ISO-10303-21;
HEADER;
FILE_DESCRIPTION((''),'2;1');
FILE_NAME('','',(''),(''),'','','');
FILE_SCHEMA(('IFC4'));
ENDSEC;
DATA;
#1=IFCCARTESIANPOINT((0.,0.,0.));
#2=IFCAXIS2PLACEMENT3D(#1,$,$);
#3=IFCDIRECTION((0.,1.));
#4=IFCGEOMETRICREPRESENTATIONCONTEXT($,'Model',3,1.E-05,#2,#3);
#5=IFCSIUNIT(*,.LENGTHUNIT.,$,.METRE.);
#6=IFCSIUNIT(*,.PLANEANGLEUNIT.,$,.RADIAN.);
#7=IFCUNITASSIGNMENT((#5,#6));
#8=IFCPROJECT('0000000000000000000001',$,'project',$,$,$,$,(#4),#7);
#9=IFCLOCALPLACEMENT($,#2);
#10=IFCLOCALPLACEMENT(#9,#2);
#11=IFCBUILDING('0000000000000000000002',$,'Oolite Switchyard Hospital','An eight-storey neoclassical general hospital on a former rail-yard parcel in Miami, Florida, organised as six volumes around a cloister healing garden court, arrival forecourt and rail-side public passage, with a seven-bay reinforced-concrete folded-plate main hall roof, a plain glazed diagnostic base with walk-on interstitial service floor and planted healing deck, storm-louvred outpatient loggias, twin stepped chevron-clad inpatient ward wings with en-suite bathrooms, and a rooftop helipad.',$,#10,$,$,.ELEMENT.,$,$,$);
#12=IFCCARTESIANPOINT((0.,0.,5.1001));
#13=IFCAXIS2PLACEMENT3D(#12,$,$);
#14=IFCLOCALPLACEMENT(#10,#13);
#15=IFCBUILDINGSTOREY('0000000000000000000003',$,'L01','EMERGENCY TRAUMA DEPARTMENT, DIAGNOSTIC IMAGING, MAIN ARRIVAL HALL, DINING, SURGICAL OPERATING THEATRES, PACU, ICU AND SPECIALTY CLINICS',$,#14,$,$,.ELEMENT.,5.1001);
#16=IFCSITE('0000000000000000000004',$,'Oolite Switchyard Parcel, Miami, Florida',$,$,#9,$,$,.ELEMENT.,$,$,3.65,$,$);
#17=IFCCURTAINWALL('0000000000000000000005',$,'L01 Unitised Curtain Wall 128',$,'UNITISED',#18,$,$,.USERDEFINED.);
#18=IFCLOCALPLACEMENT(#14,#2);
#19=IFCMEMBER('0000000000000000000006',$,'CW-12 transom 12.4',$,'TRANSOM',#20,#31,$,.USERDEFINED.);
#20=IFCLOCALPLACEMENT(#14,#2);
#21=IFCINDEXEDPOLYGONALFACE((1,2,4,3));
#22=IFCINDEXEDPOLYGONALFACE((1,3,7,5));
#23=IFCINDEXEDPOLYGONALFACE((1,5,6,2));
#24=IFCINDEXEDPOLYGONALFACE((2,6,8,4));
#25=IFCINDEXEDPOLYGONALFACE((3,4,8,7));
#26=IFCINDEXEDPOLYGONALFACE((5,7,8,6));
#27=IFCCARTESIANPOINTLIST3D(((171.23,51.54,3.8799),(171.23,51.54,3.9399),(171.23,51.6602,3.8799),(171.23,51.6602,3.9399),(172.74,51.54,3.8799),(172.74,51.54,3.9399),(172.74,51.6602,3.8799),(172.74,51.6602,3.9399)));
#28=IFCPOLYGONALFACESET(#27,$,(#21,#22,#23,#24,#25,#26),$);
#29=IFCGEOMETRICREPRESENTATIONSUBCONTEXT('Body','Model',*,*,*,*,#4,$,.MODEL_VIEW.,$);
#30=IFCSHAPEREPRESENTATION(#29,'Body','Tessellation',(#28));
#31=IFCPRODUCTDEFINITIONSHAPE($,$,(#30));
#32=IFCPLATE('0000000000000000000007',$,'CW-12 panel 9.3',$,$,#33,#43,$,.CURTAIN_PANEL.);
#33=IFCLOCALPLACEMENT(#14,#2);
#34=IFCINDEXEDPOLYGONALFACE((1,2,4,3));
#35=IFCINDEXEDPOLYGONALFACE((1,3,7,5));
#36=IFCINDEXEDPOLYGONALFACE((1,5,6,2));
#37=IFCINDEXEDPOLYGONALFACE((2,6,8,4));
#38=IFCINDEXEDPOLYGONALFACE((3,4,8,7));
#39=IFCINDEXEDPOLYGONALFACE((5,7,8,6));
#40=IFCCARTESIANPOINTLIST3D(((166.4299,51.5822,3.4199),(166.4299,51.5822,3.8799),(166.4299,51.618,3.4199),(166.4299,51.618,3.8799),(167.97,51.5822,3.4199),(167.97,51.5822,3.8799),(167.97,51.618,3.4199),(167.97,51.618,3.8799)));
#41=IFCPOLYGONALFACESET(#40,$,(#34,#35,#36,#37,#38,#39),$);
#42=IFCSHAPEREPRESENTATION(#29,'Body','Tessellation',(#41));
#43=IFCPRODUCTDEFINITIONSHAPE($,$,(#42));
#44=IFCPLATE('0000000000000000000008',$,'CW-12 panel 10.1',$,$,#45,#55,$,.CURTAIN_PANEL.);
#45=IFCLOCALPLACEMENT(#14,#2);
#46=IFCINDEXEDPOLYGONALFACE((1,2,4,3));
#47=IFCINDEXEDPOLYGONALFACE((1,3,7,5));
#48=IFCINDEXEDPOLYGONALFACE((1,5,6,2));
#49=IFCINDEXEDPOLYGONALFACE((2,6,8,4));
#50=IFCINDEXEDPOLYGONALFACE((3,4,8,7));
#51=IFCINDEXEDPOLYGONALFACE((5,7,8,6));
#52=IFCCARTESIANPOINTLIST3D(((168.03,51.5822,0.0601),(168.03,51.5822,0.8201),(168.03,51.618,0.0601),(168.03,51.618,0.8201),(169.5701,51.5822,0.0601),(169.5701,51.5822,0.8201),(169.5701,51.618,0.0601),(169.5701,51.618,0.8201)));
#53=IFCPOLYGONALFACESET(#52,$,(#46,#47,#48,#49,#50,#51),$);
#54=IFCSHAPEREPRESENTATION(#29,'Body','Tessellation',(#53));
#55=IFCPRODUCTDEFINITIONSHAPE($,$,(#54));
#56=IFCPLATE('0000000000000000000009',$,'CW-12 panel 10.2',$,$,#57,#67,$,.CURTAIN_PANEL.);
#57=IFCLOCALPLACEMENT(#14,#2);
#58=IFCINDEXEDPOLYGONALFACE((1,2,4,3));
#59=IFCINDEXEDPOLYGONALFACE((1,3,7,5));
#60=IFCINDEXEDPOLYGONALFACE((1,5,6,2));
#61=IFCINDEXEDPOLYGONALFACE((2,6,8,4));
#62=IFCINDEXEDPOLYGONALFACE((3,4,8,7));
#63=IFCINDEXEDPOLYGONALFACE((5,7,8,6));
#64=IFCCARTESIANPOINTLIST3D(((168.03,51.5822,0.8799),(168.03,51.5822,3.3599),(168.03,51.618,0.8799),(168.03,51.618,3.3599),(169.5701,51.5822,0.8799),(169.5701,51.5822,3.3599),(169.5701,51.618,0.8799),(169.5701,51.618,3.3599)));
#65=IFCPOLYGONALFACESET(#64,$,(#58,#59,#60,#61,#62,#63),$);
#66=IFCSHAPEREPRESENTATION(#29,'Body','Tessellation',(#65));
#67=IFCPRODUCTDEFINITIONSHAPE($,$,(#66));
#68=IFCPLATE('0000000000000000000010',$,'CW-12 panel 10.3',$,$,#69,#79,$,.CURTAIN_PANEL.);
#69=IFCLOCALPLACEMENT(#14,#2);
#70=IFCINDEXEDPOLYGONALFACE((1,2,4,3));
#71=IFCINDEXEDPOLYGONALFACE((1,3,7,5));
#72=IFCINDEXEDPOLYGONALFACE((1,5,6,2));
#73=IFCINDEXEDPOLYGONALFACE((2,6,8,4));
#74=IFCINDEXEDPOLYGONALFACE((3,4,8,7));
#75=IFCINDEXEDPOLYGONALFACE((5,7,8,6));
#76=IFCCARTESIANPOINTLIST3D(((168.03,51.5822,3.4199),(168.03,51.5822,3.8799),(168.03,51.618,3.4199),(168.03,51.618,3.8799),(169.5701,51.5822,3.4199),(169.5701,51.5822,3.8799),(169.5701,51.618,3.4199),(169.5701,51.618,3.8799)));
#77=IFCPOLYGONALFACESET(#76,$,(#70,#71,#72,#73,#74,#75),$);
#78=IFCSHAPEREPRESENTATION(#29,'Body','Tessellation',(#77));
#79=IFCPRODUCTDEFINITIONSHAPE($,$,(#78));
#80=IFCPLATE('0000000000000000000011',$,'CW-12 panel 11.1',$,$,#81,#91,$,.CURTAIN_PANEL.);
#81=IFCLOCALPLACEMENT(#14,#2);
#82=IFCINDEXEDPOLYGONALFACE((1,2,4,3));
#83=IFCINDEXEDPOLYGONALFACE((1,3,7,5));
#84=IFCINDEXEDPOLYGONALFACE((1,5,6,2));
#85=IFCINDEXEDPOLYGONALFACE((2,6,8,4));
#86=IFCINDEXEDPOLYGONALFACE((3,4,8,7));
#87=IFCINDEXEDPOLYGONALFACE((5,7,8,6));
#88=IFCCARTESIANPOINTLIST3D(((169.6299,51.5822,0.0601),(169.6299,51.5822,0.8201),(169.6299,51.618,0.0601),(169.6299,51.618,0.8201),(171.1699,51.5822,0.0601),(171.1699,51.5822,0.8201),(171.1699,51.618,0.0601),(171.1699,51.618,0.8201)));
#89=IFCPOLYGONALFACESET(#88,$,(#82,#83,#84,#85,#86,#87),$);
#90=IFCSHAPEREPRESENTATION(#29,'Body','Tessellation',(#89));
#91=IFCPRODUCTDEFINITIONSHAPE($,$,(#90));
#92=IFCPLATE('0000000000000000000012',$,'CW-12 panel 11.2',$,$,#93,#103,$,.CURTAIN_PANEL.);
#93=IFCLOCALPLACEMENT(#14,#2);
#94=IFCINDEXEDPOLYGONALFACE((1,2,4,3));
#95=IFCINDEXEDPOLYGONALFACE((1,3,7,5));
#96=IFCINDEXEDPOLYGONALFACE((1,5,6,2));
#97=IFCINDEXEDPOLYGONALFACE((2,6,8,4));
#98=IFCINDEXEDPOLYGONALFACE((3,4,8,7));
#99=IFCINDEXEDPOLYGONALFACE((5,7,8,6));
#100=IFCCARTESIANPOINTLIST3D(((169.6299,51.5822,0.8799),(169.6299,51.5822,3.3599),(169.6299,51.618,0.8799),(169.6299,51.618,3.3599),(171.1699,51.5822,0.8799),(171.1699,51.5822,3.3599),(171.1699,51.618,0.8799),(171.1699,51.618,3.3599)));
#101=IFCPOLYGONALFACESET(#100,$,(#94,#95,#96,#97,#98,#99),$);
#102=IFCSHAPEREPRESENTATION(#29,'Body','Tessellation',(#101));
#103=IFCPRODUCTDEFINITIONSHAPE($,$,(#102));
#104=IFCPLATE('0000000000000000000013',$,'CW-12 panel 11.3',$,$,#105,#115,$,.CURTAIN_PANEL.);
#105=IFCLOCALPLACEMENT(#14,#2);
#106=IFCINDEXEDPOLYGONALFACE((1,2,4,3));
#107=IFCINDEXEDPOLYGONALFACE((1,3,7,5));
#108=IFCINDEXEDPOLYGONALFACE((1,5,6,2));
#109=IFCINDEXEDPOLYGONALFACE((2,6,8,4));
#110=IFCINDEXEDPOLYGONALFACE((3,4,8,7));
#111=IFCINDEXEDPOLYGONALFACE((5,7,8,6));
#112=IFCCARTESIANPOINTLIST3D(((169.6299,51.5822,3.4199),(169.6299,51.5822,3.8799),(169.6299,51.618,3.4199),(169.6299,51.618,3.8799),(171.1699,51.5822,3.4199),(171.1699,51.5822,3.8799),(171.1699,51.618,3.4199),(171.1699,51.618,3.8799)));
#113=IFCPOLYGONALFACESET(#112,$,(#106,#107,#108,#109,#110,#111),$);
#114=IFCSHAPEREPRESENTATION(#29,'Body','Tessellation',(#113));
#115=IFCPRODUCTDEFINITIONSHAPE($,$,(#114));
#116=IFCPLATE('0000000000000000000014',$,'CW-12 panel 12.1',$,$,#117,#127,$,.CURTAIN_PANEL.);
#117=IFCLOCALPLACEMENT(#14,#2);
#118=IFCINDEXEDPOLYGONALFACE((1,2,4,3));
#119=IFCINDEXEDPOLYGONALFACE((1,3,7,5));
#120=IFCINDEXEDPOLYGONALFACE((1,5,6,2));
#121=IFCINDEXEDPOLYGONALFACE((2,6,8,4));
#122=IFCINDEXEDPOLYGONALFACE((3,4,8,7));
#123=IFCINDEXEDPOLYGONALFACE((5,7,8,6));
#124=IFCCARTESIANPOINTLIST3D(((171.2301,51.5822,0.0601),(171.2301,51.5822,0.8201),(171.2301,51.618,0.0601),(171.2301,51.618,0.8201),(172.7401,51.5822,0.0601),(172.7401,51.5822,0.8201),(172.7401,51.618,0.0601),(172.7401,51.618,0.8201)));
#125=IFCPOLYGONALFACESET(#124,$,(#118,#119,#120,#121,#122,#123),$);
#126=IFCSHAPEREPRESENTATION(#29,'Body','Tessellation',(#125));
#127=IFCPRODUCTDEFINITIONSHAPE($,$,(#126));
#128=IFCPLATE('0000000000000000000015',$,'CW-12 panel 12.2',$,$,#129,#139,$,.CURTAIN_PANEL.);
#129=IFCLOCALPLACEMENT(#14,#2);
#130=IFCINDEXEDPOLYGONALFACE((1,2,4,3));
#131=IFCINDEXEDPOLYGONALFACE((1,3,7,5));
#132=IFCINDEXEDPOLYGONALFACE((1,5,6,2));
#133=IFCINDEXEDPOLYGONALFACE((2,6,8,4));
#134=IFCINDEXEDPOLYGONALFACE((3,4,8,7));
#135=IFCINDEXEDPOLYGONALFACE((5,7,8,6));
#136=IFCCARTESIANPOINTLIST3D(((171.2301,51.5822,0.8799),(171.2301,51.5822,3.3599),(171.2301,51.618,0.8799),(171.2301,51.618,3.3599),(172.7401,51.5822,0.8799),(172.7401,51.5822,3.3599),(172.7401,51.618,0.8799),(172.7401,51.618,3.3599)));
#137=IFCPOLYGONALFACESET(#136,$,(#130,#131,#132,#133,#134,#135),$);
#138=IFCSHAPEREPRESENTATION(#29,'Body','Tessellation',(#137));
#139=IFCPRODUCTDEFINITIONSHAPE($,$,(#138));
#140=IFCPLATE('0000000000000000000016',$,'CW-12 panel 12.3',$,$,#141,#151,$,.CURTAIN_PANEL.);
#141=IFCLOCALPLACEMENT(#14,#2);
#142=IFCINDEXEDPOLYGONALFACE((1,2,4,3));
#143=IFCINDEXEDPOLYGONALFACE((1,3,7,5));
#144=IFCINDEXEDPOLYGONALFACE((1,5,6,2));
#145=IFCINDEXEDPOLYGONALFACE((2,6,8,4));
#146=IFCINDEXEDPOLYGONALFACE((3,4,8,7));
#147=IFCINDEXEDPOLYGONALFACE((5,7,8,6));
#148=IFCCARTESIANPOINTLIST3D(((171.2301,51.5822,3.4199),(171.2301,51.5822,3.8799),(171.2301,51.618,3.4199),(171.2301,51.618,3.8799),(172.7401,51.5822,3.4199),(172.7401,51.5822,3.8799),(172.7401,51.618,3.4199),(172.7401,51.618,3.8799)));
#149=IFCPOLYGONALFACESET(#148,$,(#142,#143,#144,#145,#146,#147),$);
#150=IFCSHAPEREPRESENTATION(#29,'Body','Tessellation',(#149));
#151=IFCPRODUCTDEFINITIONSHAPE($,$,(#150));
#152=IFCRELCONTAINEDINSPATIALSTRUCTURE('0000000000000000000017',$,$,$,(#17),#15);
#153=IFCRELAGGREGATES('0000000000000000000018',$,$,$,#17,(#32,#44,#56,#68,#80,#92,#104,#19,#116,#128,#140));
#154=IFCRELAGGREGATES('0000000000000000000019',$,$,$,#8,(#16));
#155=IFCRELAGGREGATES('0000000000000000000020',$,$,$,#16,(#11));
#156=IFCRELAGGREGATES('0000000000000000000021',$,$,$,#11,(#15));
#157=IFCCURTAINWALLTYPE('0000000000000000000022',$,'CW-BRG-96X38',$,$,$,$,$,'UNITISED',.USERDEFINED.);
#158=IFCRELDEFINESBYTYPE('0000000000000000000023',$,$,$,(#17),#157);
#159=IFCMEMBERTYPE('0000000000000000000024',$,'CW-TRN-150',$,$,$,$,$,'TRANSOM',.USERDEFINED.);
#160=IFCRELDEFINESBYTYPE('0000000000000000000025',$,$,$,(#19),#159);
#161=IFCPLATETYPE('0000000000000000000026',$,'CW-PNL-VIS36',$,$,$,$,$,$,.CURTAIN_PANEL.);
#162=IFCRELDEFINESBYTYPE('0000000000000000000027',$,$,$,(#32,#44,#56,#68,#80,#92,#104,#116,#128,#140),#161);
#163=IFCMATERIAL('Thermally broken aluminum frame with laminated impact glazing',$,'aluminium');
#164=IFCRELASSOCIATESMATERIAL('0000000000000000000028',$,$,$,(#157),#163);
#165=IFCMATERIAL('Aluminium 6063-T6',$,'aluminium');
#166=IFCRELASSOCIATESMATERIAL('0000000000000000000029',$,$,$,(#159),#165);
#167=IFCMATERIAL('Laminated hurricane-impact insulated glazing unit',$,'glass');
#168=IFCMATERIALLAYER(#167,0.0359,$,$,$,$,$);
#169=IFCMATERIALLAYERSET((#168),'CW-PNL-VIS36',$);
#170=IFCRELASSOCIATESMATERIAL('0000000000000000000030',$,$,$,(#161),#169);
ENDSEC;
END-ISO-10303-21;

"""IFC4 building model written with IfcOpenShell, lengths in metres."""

from ifc_helpers import new_model, si_unit, direction, frame, origin, origin_2d, place, context, subcontext, project, spatial, rectangle, extrude, material, layer, layer_set, material_profile, profile_set, type_object, element, aggregate, save


model = new_model("IFC4")

# Units and contexts
model_context = context("Model", 3, precision=1e-05, world=origin(), true_north=direction((0.0, 1.0)))
body_context = subcontext(model_context, "Body", "Model", "MODEL_VIEW")
ifc_project = project(units=[si_unit("LENGTHUNIT", "METRE"), si_unit("PLANEANGLEUNIT", "RADIAN")], contexts=[model_context])

# Site, building, storey
site_placement = place(None, origin())
site = spatial("IfcSite", under=ifc_project, at=site_placement, Name="Oolite Switchyard Parcel, Miami, Florida", CompositionType="ELEMENT", RefElevation=3.65)
building_placement = place(site_placement, origin())
building = spatial("IfcBuilding", under=site, at=building_placement, Name="Oolite Switchyard Hospital", Description="An eight-storey neoclassical general hospital on a former rail-yard parcel in Miami, Florida, organised as six volumes around a cloister healing garden court, arrival forecourt and rail-side public passage, with a seven-bay reinforced-concrete folded-plate main hall roof, a plain glazed diagnostic base with walk-on interstitial service floor and planted healing deck, storm-louvred outpatient loggias, twin stepped chevron-clad inpatient ward wings with en-suite bathrooms, and a rooftop helipad.", CompositionType="ELEMENT")
storey_placement = place(building_placement, frame((0.0, 0.0, 5.1001)))
storey = spatial("IfcBuildingStorey", under=building, at=storey_placement, Name="L01", Description="EMERGENCY TRAUMA DEPARTMENT, DIAGNOSTIC IMAGING, MAIN ARRIVAL HALL, DINING, SURGICAL OPERATING THEATRES, PACU, ICU AND SPECIALTY CLINICS", CompositionType="ELEMENT", Elevation=5.1001)

# Curtain wall, member, plates
ifc_material_1 = material(Name="Thermally broken aluminum frame with laminated impact glazing", Category="aluminium")
curtain_wall_type = type_object("IfcCurtainWallType", Name="CW-BRG-96X38", ElementType="UNITISED", PredefinedType="USERDEFINED", material=ifc_material_1)
curtain_wall_placement = place(storey_placement, origin())
curtain_wall = element("IfcCurtainWall", 1, at=curtain_wall_placement, inside=storey, type_object=curtain_wall_type, Name="L01 Unitised Curtain Wall 128", ObjectType="UNITISED", PredefinedType="USERDEFINED")
ifc_material_2 = material(Name="Aluminium 6063-T6", Category="aluminium")
ifc_material_profile_1 = material_profile(ifc_material_2, rectangle(XDim=0.1201, YDim=0.0601, at=origin_2d()), Name="CWT60X120")
ifc_profile_set_1 = profile_set([ifc_material_profile_1], Name="Aluminium 6063-T6")
member_type_1 = type_object("IfcMemberType", Name="CW-TRN-150", ElementType="TRANSOM", PredefinedType="USERDEFINED", material=ifc_profile_set_1)
member_1_placement = place(storey_placement, frame((171.23, 51.6001, 3.9099), z_axis=(1.0, 0.0, 0.0), x_axis=(0.0, 1.0, 0.0)))
member_1 = element("IfcMember", 2, at=member_1_placement, type_object=member_type_1, Name="CW-12 transom 12.4", ObjectType="TRANSOM", PredefinedType="USERDEFINED", context=body_context, shape_type="SweptSolid", body=[
    extrude(rectangle(XDim=0.1201, YDim=0.0601, at=origin_2d()), origin(), (0.0, 0.0, 1.0), 1.51),
])
ifc_material_3 = material(Name="Laminated hurricane-impact insulated glazing unit", Category="glass")
ifc_layer = layer(ifc_material_3, 0.0359)
ifc_layer_set = layer_set([ifc_layer], Name="CW-PNL-VIS36")
plate_type = type_object("IfcPlateType", Name="CW-PNL-VIS36", PredefinedType="CURTAIN_PANEL", material=ifc_layer_set)
plate_1_placement = place(storey_placement, frame((167.2, 51.6001, 3.4199), z_axis=(0.0, 0.0, 1.0), x_axis=(1.0, 0.0, 0.0)))
plate_1 = element("IfcPlate", 3, at=plate_1_placement, type_object=plate_type, Name="CW-12 panel 9.3", PredefinedType="CURTAIN_PANEL", context=body_context, shape_type="SweptSolid", body=[
    extrude(rectangle(XDim=1.54, YDim=0.0359, at=origin_2d()), origin(), (0.0, 0.0, 1.0), 0.46),
])
plate_2_placement = place(storey_placement, frame((168.8, 51.6001, 0.0601), z_axis=(0.0, 0.0, 1.0), x_axis=(1.0, 0.0, 0.0)))
plate_2 = element("IfcPlate", 4, at=plate_2_placement, type_object=plate_type, Name="CW-12 panel 10.1", PredefinedType="CURTAIN_PANEL", context=body_context, shape_type="SweptSolid", body=[
    extrude(rectangle(XDim=1.54, YDim=0.0359, at=origin_2d()), origin(), (0.0, 0.0, 1.0), 0.76),
])
plate_3_placement = place(storey_placement, frame((168.8, 51.6001, 0.8799), z_axis=(0.0, 0.0, 1.0), x_axis=(1.0, 0.0, 0.0)))
plate_3 = element("IfcPlate", 5, at=plate_3_placement, type_object=plate_type, Name="CW-12 panel 10.2", PredefinedType="CURTAIN_PANEL", context=body_context, shape_type="SweptSolid", body=[
    extrude(rectangle(XDim=1.54, YDim=0.0359, at=origin_2d()), origin(), (0.0, 0.0, 1.0), 2.48),
])
plate_4_placement = place(storey_placement, frame((168.8, 51.6001, 3.4199), z_axis=(0.0, 0.0, 1.0), x_axis=(1.0, 0.0, 0.0)))
plate_4 = element("IfcPlate", 6, at=plate_4_placement, type_object=plate_type, Name="CW-12 panel 10.3", PredefinedType="CURTAIN_PANEL", context=body_context, shape_type="SweptSolid", body=[
    extrude(rectangle(XDim=1.54, YDim=0.0359, at=origin_2d()), origin(), (0.0, 0.0, 1.0), 0.46),
])
plate_5_placement = place(storey_placement, frame((170.3999, 51.6001, 0.0601), z_axis=(0.0, 0.0, 1.0), x_axis=(1.0, 0.0, 0.0)))
plate_5 = element("IfcPlate", 7, at=plate_5_placement, type_object=plate_type, Name="CW-12 panel 11.1", PredefinedType="CURTAIN_PANEL", context=body_context, shape_type="SweptSolid", body=[
    extrude(rectangle(XDim=1.54, YDim=0.0359, at=origin_2d()), origin(), (0.0, 0.0, 1.0), 0.76),
])
plate_6_placement = place(storey_placement, frame((170.3999, 51.6001, 0.8799), z_axis=(0.0, 0.0, 1.0), x_axis=(1.0, 0.0, 0.0)))
plate_6 = element("IfcPlate", 8, at=plate_6_placement, type_object=plate_type, Name="CW-12 panel 11.2", PredefinedType="CURTAIN_PANEL", context=body_context, shape_type="SweptSolid", body=[
    extrude(rectangle(XDim=1.54, YDim=0.0359, at=origin_2d()), origin(), (0.0, 0.0, 1.0), 2.48),
])
plate_7_placement = place(storey_placement, frame((170.3999, 51.6001, 3.4199), z_axis=(0.0, 0.0, 1.0), x_axis=(1.0, 0.0, 0.0)))
plate_7 = element("IfcPlate", 9, at=plate_7_placement, type_object=plate_type, Name="CW-12 panel 11.3", PredefinedType="CURTAIN_PANEL", context=body_context, shape_type="SweptSolid", body=[
    extrude(rectangle(XDim=1.54, YDim=0.0359, at=origin_2d()), origin(), (0.0, 0.0, 1.0), 0.46),
])
plate_8_placement = place(storey_placement, frame((171.9851, 51.6001, 0.0601), z_axis=(0.0, 0.0, 1.0), x_axis=(1.0, 0.0, 0.0)))
plate_8 = element("IfcPlate", 10, at=plate_8_placement, type_object=plate_type, Name="CW-12 panel 12.1", PredefinedType="CURTAIN_PANEL", context=body_context, shape_type="SweptSolid", body=[
    extrude(rectangle(XDim=1.51, YDim=0.0359, at=origin_2d()), origin(), (0.0, 0.0, 1.0), 0.76),
])
plate_9_placement = place(storey_placement, frame((171.9851, 51.6001, 0.8799), z_axis=(0.0, 0.0, 1.0), x_axis=(1.0, 0.0, 0.0)))
plate_9 = element("IfcPlate", 11, at=plate_9_placement, type_object=plate_type, Name="CW-12 panel 12.2", PredefinedType="CURTAIN_PANEL", context=body_context, shape_type="SweptSolid", body=[
    extrude(rectangle(XDim=1.51, YDim=0.0359, at=origin_2d()), origin(), (0.0, 0.0, 1.0), 2.48),
])
plate_10_placement = place(storey_placement, frame((171.9851, 51.6001, 3.4199), z_axis=(0.0, 0.0, 1.0), x_axis=(1.0, 0.0, 0.0)))
plate_10 = element("IfcPlate", 12, at=plate_10_placement, type_object=plate_type, Name="CW-12 panel 12.3", PredefinedType="CURTAIN_PANEL", context=body_context, shape_type="SweptSolid", body=[
    extrude(rectangle(XDim=1.51, YDim=0.0359, at=origin_2d()), origin(), (0.0, 0.0, 1.0), 0.46),
])
aggregate(curtain_wall, [plate_1, plate_2, plate_3, plate_4, plate_5, plate_6, plate_7, member_1, plate_8, plate_9, plate_10])

save(model, "model.ifc")
